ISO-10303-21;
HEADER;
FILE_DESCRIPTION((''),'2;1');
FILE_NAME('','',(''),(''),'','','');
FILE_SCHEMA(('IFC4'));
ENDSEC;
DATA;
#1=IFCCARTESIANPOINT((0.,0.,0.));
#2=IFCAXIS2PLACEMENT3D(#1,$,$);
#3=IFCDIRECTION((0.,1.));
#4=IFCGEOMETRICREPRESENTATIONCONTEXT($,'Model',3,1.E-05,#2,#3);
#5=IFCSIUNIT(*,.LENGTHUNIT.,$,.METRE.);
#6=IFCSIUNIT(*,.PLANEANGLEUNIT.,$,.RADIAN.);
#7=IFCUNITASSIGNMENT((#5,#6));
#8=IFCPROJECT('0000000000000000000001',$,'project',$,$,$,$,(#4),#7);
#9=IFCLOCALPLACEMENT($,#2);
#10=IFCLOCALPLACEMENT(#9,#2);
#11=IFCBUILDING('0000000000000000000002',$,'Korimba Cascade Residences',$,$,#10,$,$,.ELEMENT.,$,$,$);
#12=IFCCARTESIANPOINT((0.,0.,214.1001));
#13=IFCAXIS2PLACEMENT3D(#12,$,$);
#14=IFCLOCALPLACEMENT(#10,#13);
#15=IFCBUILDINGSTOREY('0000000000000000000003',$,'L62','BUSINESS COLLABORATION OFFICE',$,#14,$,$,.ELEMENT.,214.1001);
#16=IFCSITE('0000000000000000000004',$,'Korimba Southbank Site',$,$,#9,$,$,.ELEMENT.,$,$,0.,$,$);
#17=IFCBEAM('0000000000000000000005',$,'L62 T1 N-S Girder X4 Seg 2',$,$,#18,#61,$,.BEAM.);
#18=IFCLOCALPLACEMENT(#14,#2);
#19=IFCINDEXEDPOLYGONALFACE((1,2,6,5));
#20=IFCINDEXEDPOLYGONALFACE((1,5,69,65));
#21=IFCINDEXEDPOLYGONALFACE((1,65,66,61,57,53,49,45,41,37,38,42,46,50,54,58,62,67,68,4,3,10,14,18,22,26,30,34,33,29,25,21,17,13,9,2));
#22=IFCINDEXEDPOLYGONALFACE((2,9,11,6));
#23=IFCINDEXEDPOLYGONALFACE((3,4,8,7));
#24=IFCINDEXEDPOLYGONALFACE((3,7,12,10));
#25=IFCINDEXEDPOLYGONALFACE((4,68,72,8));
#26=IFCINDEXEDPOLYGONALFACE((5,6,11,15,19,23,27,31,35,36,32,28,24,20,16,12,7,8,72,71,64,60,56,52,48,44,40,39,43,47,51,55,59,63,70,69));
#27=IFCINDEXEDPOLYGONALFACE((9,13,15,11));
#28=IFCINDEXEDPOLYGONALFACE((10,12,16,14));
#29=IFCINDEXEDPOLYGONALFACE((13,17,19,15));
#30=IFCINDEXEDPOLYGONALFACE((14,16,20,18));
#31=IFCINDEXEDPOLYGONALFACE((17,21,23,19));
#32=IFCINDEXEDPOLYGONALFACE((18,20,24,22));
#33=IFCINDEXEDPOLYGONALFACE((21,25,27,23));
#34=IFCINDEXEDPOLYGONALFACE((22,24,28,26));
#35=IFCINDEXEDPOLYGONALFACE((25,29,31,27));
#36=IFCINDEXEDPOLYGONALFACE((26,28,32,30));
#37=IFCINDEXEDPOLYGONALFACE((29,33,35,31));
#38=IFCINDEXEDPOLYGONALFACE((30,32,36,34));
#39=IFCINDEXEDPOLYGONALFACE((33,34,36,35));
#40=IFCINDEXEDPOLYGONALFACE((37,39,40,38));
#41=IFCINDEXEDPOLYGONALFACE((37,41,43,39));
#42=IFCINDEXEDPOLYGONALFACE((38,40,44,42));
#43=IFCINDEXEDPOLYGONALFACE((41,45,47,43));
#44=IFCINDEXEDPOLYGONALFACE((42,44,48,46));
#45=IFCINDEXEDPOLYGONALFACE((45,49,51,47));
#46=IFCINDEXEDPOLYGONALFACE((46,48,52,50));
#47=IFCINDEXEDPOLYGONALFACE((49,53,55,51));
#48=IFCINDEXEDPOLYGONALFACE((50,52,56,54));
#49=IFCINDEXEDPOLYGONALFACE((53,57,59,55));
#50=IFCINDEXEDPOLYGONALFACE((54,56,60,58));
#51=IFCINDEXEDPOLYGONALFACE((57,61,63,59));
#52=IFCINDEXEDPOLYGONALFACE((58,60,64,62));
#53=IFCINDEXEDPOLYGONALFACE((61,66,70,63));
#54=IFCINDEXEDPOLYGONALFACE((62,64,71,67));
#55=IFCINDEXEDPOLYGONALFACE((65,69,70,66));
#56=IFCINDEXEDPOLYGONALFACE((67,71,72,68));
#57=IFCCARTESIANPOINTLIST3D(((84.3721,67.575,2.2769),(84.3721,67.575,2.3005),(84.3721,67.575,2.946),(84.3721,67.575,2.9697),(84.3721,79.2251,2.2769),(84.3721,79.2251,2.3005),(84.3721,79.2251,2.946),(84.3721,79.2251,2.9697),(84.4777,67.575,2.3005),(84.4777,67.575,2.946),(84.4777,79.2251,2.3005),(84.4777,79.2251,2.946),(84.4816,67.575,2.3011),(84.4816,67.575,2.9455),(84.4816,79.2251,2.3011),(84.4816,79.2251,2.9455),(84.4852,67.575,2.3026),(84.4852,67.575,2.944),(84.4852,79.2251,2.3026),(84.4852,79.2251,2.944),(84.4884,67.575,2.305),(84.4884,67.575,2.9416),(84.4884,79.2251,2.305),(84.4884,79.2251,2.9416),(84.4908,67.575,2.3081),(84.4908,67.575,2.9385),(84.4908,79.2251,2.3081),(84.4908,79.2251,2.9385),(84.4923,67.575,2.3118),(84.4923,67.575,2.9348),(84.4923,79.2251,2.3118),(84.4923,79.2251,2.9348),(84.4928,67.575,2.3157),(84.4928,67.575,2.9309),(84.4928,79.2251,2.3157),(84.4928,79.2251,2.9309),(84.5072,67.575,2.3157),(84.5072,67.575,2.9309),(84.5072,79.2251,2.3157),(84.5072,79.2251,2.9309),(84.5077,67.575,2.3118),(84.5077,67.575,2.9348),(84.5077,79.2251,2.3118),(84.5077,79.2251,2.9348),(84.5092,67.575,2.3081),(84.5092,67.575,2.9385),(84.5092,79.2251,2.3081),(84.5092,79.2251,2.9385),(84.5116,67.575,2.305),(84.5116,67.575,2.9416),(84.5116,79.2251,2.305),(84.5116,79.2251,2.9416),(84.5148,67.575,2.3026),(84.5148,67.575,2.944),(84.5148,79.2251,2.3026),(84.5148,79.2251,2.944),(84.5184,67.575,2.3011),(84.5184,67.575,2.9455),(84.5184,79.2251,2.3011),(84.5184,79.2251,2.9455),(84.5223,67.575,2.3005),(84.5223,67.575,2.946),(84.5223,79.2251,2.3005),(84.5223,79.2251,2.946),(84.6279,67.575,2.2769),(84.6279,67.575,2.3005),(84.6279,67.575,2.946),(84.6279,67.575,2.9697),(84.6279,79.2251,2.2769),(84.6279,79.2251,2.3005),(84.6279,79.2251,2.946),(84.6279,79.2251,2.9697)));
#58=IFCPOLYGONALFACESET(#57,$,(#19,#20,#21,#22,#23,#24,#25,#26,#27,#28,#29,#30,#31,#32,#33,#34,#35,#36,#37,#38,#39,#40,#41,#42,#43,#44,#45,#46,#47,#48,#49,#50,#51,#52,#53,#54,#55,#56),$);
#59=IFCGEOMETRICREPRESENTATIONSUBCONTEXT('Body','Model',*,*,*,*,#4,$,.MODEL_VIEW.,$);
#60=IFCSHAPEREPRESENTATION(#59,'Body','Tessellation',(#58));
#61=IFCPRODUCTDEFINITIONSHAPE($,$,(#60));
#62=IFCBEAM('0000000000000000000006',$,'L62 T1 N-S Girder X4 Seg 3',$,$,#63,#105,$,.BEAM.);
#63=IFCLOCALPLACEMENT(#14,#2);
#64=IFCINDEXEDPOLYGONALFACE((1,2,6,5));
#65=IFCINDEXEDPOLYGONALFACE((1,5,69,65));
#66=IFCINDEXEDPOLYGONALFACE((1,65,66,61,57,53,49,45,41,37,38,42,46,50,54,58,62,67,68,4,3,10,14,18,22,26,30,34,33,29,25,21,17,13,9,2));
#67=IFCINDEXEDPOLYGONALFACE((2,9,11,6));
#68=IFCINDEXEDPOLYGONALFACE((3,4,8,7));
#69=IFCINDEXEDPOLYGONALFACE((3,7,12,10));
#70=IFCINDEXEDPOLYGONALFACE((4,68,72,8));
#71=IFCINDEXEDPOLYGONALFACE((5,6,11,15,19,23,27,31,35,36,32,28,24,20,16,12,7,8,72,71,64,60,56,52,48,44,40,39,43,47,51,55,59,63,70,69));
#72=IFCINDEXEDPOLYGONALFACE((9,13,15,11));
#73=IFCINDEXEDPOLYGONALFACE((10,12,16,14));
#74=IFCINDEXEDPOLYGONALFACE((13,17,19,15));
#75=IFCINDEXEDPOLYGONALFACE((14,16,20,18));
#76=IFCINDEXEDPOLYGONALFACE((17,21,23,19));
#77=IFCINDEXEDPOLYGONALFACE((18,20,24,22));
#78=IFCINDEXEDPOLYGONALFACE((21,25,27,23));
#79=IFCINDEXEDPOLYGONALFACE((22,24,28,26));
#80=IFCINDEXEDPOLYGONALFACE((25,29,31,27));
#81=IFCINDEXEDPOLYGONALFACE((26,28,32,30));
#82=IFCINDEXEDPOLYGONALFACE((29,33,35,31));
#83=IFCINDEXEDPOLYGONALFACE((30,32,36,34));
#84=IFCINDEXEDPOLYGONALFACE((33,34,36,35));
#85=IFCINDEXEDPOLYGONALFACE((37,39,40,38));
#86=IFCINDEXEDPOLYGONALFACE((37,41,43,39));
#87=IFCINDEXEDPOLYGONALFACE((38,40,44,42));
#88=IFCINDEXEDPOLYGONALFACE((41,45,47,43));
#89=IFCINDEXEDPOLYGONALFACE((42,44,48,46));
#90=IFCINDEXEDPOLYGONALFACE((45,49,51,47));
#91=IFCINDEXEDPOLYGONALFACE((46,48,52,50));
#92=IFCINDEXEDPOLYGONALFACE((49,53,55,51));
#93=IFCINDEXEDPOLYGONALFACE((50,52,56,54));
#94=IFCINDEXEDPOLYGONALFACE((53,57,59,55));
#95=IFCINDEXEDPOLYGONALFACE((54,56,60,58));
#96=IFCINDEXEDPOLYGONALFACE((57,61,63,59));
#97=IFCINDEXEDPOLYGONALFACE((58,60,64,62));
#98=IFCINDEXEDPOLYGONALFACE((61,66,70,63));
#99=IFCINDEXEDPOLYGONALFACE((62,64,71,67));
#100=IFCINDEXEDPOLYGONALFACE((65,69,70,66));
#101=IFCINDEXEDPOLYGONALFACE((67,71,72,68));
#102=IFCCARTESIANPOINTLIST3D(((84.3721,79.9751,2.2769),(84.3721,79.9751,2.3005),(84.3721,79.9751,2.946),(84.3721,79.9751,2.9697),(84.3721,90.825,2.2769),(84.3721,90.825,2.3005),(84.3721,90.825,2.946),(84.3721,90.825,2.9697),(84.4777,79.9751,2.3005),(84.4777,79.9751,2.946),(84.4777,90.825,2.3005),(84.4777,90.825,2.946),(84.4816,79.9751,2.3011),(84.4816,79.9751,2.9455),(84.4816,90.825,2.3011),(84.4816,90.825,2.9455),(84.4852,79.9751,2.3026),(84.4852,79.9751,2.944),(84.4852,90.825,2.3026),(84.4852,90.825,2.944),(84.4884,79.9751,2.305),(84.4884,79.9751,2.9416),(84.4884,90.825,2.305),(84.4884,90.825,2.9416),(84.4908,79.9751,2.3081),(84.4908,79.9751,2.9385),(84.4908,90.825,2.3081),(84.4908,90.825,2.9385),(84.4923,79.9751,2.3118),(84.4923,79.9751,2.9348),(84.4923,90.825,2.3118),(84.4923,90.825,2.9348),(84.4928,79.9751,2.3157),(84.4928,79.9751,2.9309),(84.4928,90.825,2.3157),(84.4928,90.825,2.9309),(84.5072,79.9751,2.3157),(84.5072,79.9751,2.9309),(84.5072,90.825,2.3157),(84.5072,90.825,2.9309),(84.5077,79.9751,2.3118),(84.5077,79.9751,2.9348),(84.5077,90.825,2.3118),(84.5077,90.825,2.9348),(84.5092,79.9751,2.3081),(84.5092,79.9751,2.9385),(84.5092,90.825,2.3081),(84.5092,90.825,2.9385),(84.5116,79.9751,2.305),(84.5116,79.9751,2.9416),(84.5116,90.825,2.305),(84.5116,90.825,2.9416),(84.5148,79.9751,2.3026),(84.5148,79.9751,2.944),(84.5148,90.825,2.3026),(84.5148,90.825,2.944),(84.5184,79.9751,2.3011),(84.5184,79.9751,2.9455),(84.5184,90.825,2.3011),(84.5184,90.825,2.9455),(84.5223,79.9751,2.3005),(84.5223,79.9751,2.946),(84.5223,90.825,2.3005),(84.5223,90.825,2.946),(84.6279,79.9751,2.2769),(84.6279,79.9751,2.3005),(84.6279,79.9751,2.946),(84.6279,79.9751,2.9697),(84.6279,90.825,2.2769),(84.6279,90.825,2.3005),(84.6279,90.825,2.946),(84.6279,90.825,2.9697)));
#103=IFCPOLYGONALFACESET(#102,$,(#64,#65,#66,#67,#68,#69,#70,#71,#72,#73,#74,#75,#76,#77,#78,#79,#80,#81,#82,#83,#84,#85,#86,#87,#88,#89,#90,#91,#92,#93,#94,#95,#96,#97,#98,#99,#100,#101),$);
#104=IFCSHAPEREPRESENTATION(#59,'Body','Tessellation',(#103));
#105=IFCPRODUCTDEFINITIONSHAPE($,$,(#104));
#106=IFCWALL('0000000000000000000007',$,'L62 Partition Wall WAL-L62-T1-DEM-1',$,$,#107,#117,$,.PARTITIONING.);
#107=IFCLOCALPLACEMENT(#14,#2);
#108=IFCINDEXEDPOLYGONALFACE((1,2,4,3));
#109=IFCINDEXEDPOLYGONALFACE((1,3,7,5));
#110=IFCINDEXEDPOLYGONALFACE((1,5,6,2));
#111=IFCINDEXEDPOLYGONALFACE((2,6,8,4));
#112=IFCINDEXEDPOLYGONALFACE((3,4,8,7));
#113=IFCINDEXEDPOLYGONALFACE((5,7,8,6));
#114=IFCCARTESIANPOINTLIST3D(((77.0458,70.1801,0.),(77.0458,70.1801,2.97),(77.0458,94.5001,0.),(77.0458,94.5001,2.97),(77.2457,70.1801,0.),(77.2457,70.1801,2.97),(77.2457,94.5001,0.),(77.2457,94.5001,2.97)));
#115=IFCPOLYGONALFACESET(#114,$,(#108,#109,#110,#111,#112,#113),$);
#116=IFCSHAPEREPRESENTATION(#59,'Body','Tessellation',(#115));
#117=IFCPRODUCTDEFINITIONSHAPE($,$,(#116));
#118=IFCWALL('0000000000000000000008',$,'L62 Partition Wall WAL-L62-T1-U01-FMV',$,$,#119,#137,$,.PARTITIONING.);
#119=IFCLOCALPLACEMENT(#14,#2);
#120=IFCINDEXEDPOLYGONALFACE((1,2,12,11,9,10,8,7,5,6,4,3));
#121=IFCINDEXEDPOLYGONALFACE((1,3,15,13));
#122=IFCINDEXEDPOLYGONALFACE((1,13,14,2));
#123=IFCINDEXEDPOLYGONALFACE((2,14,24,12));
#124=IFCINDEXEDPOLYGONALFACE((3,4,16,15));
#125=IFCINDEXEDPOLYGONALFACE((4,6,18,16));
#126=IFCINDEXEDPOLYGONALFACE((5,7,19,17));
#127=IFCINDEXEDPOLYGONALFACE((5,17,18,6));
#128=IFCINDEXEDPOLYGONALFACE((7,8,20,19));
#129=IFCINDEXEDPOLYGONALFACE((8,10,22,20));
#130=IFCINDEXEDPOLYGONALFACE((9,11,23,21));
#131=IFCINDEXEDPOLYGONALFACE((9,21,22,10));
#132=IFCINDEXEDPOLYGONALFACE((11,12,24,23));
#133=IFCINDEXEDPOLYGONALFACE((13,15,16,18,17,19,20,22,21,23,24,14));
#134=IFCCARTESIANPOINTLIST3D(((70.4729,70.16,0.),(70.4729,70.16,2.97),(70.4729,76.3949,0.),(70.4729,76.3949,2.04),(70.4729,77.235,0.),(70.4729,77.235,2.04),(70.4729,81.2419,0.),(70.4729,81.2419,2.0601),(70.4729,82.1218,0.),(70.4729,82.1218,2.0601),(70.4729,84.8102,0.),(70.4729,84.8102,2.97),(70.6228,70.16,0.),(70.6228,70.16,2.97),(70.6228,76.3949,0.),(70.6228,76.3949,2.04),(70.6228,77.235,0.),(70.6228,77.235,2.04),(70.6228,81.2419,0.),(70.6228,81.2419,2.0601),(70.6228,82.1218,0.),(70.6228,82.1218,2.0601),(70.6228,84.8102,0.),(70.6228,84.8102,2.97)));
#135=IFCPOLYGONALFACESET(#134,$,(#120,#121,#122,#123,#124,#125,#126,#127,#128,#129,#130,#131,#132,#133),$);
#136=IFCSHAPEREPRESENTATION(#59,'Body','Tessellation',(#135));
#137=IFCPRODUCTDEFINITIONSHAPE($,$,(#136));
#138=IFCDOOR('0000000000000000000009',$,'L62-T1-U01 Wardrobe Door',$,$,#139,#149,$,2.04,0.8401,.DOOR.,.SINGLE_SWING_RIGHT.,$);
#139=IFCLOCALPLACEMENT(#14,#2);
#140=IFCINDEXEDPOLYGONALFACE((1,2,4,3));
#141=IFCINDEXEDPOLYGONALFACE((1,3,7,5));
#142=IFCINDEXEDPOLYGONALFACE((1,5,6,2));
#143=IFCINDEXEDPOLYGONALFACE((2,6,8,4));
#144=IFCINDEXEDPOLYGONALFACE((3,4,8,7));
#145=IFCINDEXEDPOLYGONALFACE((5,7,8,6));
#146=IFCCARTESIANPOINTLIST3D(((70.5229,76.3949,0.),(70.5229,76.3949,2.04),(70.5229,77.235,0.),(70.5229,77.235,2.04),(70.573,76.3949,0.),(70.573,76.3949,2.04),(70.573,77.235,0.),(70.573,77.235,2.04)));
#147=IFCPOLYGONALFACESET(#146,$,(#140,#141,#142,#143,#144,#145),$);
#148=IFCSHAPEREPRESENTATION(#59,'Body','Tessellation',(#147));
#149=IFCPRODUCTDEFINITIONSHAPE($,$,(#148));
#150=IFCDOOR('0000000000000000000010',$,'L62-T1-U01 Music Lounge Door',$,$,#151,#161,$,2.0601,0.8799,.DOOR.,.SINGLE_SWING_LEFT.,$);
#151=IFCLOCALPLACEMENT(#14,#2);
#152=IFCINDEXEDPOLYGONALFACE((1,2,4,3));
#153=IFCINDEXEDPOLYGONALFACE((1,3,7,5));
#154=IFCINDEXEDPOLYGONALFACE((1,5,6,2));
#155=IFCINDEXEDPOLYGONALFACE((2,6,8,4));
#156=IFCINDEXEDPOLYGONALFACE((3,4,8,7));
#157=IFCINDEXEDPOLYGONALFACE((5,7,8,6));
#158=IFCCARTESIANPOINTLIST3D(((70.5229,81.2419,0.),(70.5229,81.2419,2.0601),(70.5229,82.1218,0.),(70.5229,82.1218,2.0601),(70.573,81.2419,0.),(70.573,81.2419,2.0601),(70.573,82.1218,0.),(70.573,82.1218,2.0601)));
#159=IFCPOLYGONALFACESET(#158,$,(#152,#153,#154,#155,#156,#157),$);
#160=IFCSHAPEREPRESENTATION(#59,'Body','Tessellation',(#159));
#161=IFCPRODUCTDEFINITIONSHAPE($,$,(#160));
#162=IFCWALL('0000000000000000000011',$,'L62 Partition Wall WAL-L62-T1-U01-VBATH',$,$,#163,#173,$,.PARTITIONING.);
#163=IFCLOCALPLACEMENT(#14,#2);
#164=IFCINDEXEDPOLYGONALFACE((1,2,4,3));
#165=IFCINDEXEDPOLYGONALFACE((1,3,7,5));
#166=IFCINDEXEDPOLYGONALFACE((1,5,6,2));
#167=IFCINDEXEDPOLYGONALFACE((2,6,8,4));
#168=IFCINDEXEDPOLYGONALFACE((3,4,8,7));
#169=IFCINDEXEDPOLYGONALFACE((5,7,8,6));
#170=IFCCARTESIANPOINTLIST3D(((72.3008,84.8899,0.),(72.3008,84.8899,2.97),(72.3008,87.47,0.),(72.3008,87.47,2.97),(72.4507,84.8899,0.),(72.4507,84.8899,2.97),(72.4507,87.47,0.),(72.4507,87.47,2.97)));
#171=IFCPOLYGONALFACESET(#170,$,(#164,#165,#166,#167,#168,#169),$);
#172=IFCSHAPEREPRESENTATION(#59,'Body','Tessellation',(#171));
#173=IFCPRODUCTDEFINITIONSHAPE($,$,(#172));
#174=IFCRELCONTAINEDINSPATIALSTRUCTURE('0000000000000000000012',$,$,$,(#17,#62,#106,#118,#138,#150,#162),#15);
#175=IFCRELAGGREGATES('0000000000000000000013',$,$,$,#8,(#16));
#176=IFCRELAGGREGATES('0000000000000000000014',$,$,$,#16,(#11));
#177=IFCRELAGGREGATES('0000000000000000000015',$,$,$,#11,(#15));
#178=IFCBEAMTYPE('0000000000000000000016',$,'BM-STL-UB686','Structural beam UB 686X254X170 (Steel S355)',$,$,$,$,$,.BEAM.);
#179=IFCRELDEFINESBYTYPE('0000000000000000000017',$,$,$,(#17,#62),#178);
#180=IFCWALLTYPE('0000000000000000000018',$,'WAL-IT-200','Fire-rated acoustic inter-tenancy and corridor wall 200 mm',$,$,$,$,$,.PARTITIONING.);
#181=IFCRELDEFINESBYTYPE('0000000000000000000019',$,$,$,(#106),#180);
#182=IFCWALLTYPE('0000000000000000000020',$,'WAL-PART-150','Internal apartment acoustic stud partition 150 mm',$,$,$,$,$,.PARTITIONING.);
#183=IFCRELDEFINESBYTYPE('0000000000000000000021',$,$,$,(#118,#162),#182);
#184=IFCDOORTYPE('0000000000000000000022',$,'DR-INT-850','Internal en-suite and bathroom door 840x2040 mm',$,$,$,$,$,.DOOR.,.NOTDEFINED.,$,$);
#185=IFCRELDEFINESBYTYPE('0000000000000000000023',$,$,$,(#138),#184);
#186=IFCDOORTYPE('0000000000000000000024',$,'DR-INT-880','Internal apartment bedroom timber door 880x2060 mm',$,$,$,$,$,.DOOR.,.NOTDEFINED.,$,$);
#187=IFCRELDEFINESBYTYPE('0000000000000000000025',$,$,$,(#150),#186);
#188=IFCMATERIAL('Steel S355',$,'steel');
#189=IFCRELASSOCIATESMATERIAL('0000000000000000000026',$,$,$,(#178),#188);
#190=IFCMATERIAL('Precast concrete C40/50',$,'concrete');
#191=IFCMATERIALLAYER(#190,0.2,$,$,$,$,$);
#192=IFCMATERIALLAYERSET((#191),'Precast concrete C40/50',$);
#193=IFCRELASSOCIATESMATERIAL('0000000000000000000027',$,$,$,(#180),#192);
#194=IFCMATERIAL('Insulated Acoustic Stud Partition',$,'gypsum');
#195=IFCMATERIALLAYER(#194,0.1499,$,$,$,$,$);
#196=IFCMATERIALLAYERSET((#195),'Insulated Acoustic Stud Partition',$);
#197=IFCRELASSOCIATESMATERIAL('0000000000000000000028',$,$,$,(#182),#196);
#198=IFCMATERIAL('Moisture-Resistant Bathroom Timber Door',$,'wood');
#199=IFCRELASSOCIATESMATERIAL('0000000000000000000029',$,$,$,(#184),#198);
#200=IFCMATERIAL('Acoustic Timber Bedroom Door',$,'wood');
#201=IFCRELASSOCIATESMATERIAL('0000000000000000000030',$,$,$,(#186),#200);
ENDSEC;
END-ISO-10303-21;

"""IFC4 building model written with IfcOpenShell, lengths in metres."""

from ifc_helpers import new_model, si_unit, direction, frame, frame_2d, origin, origin_2d, place, context, subcontext, project, spatial, rectangle, i_section, extrude, material, layer, layer_set, material_profile, profile_set, type_object, element, fill, save


model = new_model("IFC4")

# Units and contexts
model_context = context("Model", 3, precision=1e-05, world=origin(), true_north=direction((0.0, 1.0)))
body_context = subcontext(model_context, "Body", "Model", "MODEL_VIEW")
ifc_project = project(units=[si_unit("LENGTHUNIT", "METRE"), si_unit("PLANEANGLEUNIT", "RADIAN")], contexts=[model_context])

# Site, building, storey
site_placement = place(None, origin())
site = spatial("IfcSite", under=ifc_project, at=site_placement, Name="Korimba Southbank Site", CompositionType="ELEMENT", RefElevation=0.0)
building_placement = place(site_placement, origin())
building = spatial("IfcBuilding", under=site, at=building_placement, Name="Korimba Cascade Residences", CompositionType="ELEMENT")
storey_placement = place(building_placement, frame((0.0, 0.0, 214.1001)))
storey = spatial("IfcBuildingStorey", under=building, at=storey_placement, Name="L62", Description="BUSINESS COLLABORATION OFFICE", CompositionType="ELEMENT", Elevation=214.1001)

# Beams
ifc_material_1 = material(Name="Steel S355", Category="steel")
ifc_material_profile_1 = material_profile(ifc_material_1, i_section(OverallWidth=0.2559, OverallDepth=0.6929, WebThickness=0.0144, FlangeThickness=0.0237, FilletRadius=0.0151, at=origin_2d()), Name="Steel S355")
ifc_profile_set_1 = profile_set([ifc_material_profile_1], Name="Steel S355")
beam_type_1 = type_object("IfcBeamType", Name="BM-STL-UB686", Description="Structural beam UB 686X254X170 (Steel S355)", PredefinedType="BEAM", material=ifc_profile_set_1)
beam_1_placement = place(storey_placement, frame((84.5, 67.575, 2.6233), z_axis=(0.0, 1.0, 0.0), x_axis=(-1.0, 0.0, 0.0)))
element("IfcBeam", 1, at=beam_1_placement, inside=storey, type_object=beam_type_1, Name="L62 T1 N-S Girder X4 Seg 2", PredefinedType="BEAM", context=body_context, shape_type="SweptSolid", body=[
    extrude(i_section(OverallWidth=0.2559, OverallDepth=0.6929, WebThickness=0.0144, FlangeThickness=0.0237, FilletRadius=0.0151, at=origin_2d()), origin(), (0.0, 0.0, 1.0), 11.6501),
])
beam_2_placement = place(storey_placement, frame((84.5, 79.9751, 2.6233), z_axis=(0.0, 1.0, 0.0), x_axis=(-1.0, 0.0, 0.0)))
element("IfcBeam", 2, at=beam_2_placement, inside=storey, type_object=beam_type_1, Name="L62 T1 N-S Girder X4 Seg 3", PredefinedType="BEAM", context=body_context, shape_type="SweptSolid", body=[
    extrude(i_section(OverallWidth=0.2559, OverallDepth=0.6929, WebThickness=0.0144, FlangeThickness=0.0237, FilletRadius=0.0151, at=origin_2d()), origin(), (0.0, 0.0, 1.0), 10.8499),
])

# Wall
ifc_material_2 = material(Name="Precast concrete C40/50", Category="concrete")
ifc_layer_1 = layer(ifc_material_2, 0.2)
ifc_layer_set_1 = layer_set([ifc_layer_1], Name="Precast concrete C40/50")
wall_type_1 = type_object("IfcWallType", Name="WAL-IT-200", Description="Fire-rated acoustic inter-tenancy and corridor wall 200 mm", PredefinedType="PARTITIONING", material=ifc_layer_set_1)
wall_1_placement = place(storey_placement, frame((77.1458, 70.1799, 0.0), z_axis=(0.0, 0.0, 1.0), x_axis=(0.0, 1.0, 0.0)))
element("IfcWall", 3, at=wall_1_placement, inside=storey, type_object=wall_type_1, Name="L62 Partition Wall WAL-L62-T1-DEM-1", PredefinedType="PARTITIONING", context=body_context, shape_type="SweptSolid", body=[
    extrude(rectangle(XDim=24.3201, YDim=0.2, at=frame_2d((12.1602, 0.0))), origin(), (0.0, 0.0, 1.0), 2.97),
])

# Wall, openings, doors
ifc_material_3 = material(Name="Insulated Acoustic Stud Partition", Category="gypsum")
ifc_layer_2 = layer(ifc_material_3, 0.1499)
ifc_layer_set_2 = layer_set([ifc_layer_2], Name="Insulated Acoustic Stud Partition")
wall_type_2 = type_object("IfcWallType", Name="WAL-PART-150", Description="Internal apartment acoustic stud partition 150 mm", PredefinedType="PARTITIONING", material=ifc_layer_set_2)
wall_2_placement = place(storey_placement, frame((70.5479, 70.1599, 0.0), z_axis=(0.0, 0.0, 1.0), x_axis=(0.0, 1.0, 0.0)))
wall_2 = element("IfcWall", 4, at=wall_2_placement, inside=storey, type_object=wall_type_2, Name="L62 Partition Wall WAL-L62-T1-U01-FMV", PredefinedType="PARTITIONING", context=body_context, shape_type="SweptSolid", body=[
    extrude(rectangle(XDim=14.6501, YDim=0.1499, at=frame_2d((7.3252, 0.0))), origin(), (0.0, 0.0, 1.0), 2.97),
])
opening_1_placement = place(wall_2_placement, frame((6.2351, 0.0, 0.0)))
opening_1 = element("IfcOpeningElement", 5, at=opening_1_placement, cuts=wall_2, PredefinedType="OPENING", context=body_context, shape_type="SweptSolid", body=[
    extrude(rectangle(XDim=0.8401, YDim=2.04, at=frame_2d((0.4199, 1.02))), frame((0.0, 0.085, 0.0), z_axis=(0.0, -1.0, 0.0), x_axis=(1.0, 0.0, 0.0)), (0.0, 0.0, 1.0), 0.1699),
])
opening_2_placement = place(wall_2_placement, frame((11.082, 0.0, 0.0)))
opening_2 = element("IfcOpeningElement", 6, at=opening_2_placement, cuts=wall_2, PredefinedType="OPENING", context=body_context, shape_type="SweptSolid", body=[
    extrude(rectangle(XDim=0.8799, YDim=2.0601, at=frame_2d((0.4399, 1.03))), frame((0.0, 0.085, 0.0), z_axis=(0.0, -1.0, 0.0), x_axis=(1.0, 0.0, 0.0)), (0.0, 0.0, 1.0), 0.1699),
])
ifc_material_4 = material(Name="Moisture-Resistant Bathroom Timber Door", Category="wood")
door_type_1 = type_object("IfcDoorType", Name="DR-INT-850", Description="Internal en-suite and bathroom door 840x2040 mm", OperationType="NOTDEFINED", PredefinedType="DOOR", material=ifc_material_4)
door_1_placement = place(opening_1_placement, origin())
door_1 = element("IfcDoor", 7, at=door_1_placement, inside=storey, type_object=door_type_1, Name="L62-T1-U01 Wardrobe Door", OperationType="SINGLE_SWING_RIGHT", OverallHeight=2.04, OverallWidth=0.8401, PredefinedType="DOOR", context=body_context, shape_type="SweptSolid", body=[
    extrude(rectangle(XDim=0.8401, YDim=2.04, at=frame_2d((0.4199, 1.02))), frame((0.0, 0.0249, 0.0), z_axis=(0.0, -1.0, 0.0), x_axis=(1.0, 0.0, 0.0)), (0.0, 0.0, 1.0), 0.05),
])
fill(opening_1, door_1)
ifc_material_5 = material(Name="Acoustic Timber Bedroom Door", Category="wood")
door_type_2 = type_object("IfcDoorType", Name="DR-INT-880", Description="Internal apartment bedroom timber door 880x2060 mm", OperationType="NOTDEFINED", PredefinedType="DOOR", material=ifc_material_5)
door_2_placement = place(opening_2_placement, origin())
door_2 = element("IfcDoor", 8, at=door_2_placement, inside=storey, type_object=door_type_2, Name="L62-T1-U01 Music Lounge Door", OperationType="SINGLE_SWING_LEFT", OverallHeight=2.0601, OverallWidth=0.8799, PredefinedType="DOOR", context=body_context, shape_type="SweptSolid", body=[
    extrude(rectangle(XDim=0.8799, YDim=2.0601, at=frame_2d((0.4399, 1.03))), frame((0.0, 0.0249, 0.0), z_axis=(0.0, -1.0, 0.0), x_axis=(1.0, 0.0, 0.0)), (0.0, 0.0, 1.0), 0.05),
])
fill(opening_2, door_2)

# Wall
wall_3_placement = place(storey_placement, frame((72.3757, 84.8899, 0.0), z_axis=(0.0, 0.0, 1.0), x_axis=(0.0, 1.0, 0.0)))
element("IfcWall", 9, at=wall_3_placement, inside=storey, type_object=wall_type_2, Name="L62 Partition Wall WAL-L62-T1-U01-VBATH", PredefinedType="PARTITIONING", context=body_context, shape_type="SweptSolid", body=[
    extrude(rectangle(XDim=2.5801, YDim=0.1499, at=frame_2d((1.29, 0.0))), origin(), (0.0, 0.0, 1.0), 2.97),
])

save(model, "model.ifc")
